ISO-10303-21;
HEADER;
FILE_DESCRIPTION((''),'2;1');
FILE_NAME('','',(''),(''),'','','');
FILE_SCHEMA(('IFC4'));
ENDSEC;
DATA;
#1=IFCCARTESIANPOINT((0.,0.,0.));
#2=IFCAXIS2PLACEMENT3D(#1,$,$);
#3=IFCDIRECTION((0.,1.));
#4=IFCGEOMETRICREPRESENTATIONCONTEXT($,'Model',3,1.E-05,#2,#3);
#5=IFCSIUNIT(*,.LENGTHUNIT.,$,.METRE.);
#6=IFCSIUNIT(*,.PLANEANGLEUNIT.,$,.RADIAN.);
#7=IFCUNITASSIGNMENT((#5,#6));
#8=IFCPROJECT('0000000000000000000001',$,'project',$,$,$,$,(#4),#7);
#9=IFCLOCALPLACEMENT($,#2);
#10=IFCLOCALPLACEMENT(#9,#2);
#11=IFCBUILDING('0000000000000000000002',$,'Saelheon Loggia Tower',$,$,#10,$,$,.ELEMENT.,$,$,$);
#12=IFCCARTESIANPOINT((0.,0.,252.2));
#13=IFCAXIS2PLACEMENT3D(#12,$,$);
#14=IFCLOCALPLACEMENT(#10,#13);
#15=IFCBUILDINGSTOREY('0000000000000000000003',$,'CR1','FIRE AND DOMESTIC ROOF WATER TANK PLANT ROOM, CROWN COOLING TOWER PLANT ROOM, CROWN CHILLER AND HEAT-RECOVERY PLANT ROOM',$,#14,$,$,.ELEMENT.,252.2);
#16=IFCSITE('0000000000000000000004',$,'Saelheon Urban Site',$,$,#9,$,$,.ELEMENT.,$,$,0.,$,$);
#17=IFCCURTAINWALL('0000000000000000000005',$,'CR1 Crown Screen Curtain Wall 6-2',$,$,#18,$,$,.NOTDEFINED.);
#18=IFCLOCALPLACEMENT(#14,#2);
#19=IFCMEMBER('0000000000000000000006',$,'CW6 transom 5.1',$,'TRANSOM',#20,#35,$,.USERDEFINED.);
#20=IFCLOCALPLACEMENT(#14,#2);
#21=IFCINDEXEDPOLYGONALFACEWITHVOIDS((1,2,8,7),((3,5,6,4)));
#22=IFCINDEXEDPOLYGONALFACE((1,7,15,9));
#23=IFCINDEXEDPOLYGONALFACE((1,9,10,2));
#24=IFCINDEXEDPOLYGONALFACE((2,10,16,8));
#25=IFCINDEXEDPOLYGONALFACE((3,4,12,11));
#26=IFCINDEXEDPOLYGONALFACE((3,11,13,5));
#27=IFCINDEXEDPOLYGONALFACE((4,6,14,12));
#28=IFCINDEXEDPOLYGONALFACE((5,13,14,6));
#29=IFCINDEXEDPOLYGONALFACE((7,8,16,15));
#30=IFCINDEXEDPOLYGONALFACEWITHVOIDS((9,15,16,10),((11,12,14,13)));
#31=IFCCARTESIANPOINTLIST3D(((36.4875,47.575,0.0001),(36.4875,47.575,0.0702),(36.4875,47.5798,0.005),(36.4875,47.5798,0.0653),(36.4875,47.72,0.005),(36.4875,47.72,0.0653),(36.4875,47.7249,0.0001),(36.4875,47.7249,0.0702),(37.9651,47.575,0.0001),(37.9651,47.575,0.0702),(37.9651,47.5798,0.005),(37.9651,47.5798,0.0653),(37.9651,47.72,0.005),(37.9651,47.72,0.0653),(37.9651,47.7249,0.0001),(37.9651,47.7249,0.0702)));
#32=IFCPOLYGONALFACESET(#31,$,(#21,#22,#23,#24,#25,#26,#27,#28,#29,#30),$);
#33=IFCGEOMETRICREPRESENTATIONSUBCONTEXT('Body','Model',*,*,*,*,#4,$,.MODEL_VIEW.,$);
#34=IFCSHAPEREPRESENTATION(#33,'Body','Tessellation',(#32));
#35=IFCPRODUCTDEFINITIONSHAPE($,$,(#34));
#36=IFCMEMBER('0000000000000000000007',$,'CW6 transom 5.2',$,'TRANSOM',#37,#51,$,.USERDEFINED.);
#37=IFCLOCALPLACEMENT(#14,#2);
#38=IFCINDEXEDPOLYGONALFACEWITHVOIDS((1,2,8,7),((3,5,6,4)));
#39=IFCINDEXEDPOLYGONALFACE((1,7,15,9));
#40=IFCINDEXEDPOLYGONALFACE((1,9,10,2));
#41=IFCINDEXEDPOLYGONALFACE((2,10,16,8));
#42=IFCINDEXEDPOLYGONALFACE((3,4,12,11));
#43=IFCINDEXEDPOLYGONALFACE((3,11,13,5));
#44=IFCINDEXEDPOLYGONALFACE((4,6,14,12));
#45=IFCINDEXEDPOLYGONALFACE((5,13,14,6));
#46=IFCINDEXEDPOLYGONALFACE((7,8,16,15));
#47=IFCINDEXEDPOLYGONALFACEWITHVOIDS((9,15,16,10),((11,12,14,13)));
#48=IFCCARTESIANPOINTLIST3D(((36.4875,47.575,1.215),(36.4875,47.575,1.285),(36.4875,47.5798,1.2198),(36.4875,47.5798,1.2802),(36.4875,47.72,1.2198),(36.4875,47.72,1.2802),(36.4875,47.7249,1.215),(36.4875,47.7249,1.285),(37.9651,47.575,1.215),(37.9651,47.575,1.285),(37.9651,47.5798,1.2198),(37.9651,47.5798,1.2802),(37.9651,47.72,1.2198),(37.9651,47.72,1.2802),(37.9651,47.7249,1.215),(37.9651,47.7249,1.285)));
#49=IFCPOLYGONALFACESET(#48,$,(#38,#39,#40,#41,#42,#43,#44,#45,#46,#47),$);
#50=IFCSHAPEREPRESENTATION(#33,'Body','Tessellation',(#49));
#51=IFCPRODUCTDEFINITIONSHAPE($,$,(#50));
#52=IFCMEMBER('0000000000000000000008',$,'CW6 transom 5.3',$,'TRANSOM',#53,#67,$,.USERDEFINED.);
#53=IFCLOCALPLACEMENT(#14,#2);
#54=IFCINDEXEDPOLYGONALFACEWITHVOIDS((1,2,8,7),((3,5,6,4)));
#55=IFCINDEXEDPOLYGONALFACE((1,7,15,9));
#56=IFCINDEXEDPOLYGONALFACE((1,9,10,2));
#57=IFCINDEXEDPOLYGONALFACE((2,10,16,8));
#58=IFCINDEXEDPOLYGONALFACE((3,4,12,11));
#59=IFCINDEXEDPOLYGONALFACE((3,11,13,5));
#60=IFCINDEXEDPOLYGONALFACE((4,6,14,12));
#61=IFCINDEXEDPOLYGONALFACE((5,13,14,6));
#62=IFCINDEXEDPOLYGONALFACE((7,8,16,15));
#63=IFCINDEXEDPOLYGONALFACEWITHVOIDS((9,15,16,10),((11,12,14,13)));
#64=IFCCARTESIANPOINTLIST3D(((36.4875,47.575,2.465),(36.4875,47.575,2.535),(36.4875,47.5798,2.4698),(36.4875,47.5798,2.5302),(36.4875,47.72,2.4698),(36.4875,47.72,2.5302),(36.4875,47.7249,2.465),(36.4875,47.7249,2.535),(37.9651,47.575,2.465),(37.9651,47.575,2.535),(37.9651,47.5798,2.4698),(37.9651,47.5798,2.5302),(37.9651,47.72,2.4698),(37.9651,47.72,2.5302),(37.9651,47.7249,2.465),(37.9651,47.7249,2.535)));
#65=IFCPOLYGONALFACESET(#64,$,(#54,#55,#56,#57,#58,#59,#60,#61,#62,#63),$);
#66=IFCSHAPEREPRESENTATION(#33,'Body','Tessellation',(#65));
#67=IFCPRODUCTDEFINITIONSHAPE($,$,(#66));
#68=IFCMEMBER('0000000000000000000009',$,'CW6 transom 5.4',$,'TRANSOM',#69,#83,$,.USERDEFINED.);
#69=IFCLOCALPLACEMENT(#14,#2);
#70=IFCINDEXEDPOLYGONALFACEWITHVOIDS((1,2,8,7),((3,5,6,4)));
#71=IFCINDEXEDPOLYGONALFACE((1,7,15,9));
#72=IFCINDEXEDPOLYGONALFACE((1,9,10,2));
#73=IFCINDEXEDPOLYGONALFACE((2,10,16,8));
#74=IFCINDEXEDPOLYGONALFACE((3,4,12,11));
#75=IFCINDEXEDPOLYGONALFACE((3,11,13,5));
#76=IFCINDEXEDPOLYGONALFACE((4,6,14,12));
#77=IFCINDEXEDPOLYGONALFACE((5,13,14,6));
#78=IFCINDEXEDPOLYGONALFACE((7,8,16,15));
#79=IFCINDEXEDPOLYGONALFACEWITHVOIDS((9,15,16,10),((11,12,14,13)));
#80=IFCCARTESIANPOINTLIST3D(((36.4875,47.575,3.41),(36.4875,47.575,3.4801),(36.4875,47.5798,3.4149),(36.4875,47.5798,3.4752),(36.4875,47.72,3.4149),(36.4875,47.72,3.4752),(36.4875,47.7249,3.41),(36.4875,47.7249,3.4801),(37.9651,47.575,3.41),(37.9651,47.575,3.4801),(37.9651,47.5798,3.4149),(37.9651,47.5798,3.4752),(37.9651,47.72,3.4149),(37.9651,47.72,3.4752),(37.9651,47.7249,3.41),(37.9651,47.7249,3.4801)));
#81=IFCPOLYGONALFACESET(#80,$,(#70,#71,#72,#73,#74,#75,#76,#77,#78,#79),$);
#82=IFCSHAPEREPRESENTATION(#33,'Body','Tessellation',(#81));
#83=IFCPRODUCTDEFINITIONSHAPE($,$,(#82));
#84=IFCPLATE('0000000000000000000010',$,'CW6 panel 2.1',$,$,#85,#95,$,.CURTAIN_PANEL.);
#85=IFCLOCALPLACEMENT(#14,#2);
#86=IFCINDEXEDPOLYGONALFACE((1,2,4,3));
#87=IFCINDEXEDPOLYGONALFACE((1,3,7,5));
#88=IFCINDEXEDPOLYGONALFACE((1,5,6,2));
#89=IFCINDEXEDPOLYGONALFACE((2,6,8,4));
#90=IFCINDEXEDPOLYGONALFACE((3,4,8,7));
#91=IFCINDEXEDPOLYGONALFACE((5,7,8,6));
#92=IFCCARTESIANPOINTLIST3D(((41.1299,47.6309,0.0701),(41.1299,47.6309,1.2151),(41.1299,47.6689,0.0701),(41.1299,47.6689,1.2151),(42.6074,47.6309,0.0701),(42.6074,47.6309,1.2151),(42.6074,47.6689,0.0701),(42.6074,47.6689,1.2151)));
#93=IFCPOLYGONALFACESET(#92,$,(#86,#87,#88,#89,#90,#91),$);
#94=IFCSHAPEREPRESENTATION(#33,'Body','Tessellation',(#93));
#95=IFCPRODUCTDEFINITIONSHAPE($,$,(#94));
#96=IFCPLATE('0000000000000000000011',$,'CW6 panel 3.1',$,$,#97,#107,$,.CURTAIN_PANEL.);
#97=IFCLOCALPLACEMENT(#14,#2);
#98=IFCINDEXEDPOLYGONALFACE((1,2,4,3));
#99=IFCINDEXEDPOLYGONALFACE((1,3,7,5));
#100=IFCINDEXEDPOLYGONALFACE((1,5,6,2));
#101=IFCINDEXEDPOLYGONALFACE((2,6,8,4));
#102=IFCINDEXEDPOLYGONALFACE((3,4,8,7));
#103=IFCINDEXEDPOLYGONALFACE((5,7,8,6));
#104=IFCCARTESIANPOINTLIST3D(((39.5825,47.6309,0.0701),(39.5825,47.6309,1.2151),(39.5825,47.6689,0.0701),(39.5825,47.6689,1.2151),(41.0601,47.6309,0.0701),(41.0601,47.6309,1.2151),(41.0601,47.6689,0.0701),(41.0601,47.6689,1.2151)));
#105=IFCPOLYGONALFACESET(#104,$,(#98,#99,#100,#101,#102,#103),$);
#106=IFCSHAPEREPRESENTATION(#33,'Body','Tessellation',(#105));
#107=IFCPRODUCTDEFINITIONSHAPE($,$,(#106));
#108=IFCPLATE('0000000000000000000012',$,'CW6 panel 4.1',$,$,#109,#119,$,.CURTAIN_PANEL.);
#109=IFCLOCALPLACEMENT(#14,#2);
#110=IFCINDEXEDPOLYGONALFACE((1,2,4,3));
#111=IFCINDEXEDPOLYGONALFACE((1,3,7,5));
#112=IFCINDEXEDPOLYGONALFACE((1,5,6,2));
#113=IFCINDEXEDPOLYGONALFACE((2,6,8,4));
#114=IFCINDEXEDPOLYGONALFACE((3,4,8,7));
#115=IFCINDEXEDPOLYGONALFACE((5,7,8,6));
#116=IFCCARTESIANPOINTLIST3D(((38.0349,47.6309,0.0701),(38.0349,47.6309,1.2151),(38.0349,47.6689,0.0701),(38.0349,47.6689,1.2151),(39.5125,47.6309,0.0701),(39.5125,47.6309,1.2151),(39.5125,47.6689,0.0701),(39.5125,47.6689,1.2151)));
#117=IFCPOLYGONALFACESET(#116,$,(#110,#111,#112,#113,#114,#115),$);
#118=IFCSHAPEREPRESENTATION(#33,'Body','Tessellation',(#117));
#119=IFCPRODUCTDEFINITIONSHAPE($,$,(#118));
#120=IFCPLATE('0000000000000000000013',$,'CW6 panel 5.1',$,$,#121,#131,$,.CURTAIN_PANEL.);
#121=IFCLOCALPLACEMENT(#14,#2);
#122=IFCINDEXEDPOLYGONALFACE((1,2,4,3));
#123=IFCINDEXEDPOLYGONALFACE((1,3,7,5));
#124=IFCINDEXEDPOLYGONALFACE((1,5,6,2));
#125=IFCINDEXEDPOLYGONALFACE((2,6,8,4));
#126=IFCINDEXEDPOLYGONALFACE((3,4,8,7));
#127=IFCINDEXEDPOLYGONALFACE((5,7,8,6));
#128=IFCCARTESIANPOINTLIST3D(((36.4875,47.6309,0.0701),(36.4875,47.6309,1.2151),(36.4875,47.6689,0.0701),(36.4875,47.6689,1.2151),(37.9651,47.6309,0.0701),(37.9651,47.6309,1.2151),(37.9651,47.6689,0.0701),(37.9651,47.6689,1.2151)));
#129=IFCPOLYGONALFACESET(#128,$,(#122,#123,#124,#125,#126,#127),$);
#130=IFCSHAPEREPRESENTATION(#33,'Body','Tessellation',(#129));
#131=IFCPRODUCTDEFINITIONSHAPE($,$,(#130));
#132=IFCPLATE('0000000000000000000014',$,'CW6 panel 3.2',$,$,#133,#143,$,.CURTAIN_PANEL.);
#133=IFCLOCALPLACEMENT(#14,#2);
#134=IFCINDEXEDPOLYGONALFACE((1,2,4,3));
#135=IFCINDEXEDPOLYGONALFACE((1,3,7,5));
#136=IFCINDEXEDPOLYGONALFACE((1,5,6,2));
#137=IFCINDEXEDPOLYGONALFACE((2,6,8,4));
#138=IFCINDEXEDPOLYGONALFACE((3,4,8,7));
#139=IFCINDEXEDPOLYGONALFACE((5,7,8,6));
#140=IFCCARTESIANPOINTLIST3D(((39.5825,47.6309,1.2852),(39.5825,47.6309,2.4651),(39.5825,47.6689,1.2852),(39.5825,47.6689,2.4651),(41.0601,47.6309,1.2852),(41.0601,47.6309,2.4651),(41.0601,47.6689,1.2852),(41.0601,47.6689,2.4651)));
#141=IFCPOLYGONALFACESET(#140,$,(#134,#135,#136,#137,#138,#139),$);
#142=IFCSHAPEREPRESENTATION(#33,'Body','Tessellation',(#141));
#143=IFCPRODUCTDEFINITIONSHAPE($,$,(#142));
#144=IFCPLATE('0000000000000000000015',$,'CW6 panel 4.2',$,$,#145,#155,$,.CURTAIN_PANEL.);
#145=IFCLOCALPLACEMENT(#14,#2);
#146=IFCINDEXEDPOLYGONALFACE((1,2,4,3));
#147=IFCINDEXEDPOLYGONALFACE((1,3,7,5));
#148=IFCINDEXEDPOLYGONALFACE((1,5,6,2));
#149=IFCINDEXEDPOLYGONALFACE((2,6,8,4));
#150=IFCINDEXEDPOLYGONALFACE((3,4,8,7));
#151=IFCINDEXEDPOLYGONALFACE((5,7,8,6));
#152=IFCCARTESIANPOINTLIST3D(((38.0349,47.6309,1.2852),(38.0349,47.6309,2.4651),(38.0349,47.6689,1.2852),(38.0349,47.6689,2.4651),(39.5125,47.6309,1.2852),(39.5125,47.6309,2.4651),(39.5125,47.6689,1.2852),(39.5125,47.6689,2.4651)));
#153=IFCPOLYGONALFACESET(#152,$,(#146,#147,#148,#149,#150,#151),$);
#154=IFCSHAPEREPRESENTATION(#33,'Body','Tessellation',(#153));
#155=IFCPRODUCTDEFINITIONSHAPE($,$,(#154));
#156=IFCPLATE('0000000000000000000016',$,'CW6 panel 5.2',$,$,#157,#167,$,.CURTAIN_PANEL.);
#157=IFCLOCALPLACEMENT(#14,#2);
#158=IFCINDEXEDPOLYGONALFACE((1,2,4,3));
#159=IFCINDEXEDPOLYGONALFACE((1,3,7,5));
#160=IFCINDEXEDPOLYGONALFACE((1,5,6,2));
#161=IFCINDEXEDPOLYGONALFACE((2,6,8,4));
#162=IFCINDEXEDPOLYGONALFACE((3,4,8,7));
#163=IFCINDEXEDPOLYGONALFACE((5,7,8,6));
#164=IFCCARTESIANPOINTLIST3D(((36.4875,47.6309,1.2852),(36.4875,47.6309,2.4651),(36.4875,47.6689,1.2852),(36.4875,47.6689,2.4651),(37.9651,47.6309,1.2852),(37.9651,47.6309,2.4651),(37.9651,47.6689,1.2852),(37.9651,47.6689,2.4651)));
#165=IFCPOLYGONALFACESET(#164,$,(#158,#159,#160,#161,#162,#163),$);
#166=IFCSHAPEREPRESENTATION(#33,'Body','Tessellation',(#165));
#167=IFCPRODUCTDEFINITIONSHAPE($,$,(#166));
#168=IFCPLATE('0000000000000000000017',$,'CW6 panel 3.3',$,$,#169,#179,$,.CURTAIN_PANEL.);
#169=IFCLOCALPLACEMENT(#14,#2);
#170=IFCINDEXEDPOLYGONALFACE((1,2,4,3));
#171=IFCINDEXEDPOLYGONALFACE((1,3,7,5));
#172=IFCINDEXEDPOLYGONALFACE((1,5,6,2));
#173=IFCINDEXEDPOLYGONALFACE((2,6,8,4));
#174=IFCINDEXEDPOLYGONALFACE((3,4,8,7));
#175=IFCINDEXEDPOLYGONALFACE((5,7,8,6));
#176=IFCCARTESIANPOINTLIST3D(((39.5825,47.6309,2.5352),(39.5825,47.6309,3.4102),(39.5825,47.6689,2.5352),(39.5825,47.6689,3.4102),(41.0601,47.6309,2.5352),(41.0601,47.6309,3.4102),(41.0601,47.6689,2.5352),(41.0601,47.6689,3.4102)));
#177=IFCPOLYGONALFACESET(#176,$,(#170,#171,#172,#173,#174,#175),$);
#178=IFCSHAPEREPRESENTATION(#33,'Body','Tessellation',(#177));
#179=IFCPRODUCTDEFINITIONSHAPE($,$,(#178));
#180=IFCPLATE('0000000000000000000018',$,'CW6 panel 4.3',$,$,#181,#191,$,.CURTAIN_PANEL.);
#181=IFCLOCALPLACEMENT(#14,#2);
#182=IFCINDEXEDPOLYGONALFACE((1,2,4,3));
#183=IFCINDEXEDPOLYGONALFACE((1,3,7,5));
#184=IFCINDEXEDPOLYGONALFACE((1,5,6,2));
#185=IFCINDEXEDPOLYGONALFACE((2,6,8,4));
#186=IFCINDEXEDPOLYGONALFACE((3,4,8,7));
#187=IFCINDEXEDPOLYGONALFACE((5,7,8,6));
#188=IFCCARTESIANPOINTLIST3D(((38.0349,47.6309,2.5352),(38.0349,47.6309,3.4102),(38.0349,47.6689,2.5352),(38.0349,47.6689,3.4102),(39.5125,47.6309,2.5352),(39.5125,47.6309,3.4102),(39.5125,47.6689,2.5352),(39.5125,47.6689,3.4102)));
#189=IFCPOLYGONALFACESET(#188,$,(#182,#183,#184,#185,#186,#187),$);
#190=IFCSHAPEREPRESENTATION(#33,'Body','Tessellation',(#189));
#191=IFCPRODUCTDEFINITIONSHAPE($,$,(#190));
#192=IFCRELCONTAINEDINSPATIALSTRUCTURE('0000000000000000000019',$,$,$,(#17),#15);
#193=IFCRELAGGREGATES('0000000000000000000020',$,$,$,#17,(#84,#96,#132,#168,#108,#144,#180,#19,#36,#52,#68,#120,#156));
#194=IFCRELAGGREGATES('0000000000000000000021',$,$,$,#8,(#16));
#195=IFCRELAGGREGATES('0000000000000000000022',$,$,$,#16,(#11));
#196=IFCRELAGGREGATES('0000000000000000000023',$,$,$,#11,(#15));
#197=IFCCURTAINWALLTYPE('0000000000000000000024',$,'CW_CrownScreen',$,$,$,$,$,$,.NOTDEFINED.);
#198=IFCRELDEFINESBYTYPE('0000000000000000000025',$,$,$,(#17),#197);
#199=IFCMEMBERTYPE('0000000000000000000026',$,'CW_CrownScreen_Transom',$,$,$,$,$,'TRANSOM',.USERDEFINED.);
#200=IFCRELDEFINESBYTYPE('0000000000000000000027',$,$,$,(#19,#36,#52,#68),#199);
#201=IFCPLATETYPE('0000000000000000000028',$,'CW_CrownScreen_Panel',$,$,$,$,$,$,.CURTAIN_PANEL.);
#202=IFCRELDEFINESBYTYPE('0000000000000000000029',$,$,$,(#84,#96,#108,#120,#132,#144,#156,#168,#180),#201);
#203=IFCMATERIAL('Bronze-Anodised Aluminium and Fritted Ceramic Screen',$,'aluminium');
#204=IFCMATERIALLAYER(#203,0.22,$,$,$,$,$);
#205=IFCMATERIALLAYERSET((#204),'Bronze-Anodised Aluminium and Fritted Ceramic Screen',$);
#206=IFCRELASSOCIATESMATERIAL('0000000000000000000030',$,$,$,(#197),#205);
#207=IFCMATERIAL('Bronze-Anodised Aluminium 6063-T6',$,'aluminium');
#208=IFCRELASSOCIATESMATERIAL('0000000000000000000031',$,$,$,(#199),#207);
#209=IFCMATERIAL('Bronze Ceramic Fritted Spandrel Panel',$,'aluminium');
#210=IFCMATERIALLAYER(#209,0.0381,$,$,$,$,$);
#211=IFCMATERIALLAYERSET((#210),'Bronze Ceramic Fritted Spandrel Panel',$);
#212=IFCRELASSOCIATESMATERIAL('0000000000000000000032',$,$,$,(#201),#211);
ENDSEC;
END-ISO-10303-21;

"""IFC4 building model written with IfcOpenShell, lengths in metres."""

from ifc_helpers import new_model, si_unit, direction, frame, origin, origin_2d, place, context, subcontext, project, spatial, rectangle, hollow_rectangle, extrude, source, transform, mapped, material, layer, layer_set, material_profile, profile_set, type_object, element, aggregate, save


model = new_model("IFC4")

# Units and contexts
model_context = context("Model", 3, precision=1e-05, world=origin(), true_north=direction((0.0, 1.0)))
body_context = subcontext(model_context, "Body", "Model", "MODEL_VIEW")
ifc_project = project(units=[si_unit("LENGTHUNIT", "METRE"), si_unit("PLANEANGLEUNIT", "RADIAN")], contexts=[model_context])

# Site, building, storey
site_placement = place(None, origin())
site = spatial("IfcSite", under=ifc_project, at=site_placement, Name="Saelheon Urban Site", CompositionType="ELEMENT", RefElevation=0.0)
building_placement = place(site_placement, origin())
building = spatial("IfcBuilding", under=site, at=building_placement, Name="Saelheon Loggia Tower", CompositionType="ELEMENT")
storey_placement = place(building_placement, frame((0.0, 0.0, 252.2)))
storey = spatial("IfcBuildingStorey", under=building, at=storey_placement, Name="CR1", Description="FIRE AND DOMESTIC ROOF WATER TANK PLANT ROOM, CROWN COOLING TOWER PLANT ROOM, CROWN CHILLER AND HEAT-RECOVERY PLANT ROOM", CompositionType="ELEMENT", Elevation=252.2)

# Curtain wall, members, plates
ifc_material_1 = material(Name="Bronze-Anodised Aluminium and Fritted Ceramic Screen", Category="aluminium")
ifc_layer_1 = layer(ifc_material_1, 0.22)
ifc_layer_set_1 = layer_set([ifc_layer_1], Name="Bronze-Anodised Aluminium and Fritted Ceramic Screen")
curtain_wall_type = type_object("IfcCurtainWallType", Name="CW_CrownScreen", PredefinedType="NOTDEFINED", material=ifc_layer_set_1)
curtain_wall_placement = place(storey_placement, origin())
curtain_wall = element("IfcCurtainWall", 1, at=curtain_wall_placement, inside=storey, type_object=curtain_wall_type, Name="CR1 Crown Screen Curtain Wall 6-2", PredefinedType="NOTDEFINED")
ifc_material_2 = material(Name="Bronze-Anodised Aluminium 6063-T6", Category="aluminium")
ifc_material_profile_1 = material_profile(ifc_material_2, hollow_rectangle(XDim=0.0701, YDim=0.1499, WallThickness=0.0049, at=origin_2d()), Name="RHS-150x70x5")
ifc_profile_set_1 = profile_set([ifc_material_profile_1], Name="Bronze-Anodised Aluminium 6063-T6")
member_type_1 = type_object("IfcMemberType", Name="CW_CrownScreen_Transom", ElementType="TRANSOM", PredefinedType="USERDEFINED", material=ifc_profile_set_1)
shared_shape_1 = source(origin(), body_context, "Body", "SweptSolid", [
    extrude(hollow_rectangle(XDim=0.0701, YDim=0.1499, WallThickness=0.0049, at=origin_2d()), origin(), (0.0, 0.0, 1.0), 1.4775),
])
member_1_placement = place(storey_placement, frame((37.9651, 47.6499, 0.0352), z_axis=(-1.0, 0.0, 0.0), x_axis=(0.0, 0.0, 1.0)))
member_1 = element("IfcMember", 2, at=member_1_placement, type_object=member_type_1, Name="CW6 transom 5.1", ObjectType="TRANSOM", PredefinedType="USERDEFINED", context=body_context, shape_type="MappedRepresentation", body=[
    mapped(shared_shape_1, transform((0.0, 0.0, 0.0), scale=1.0)),
])
member_2_placement = place(storey_placement, frame((37.9651, 47.6499, 1.25), z_axis=(-1.0, 0.0, 0.0), x_axis=(0.0, 0.0, 1.0)))
member_2 = element("IfcMember", 3, at=member_2_placement, type_object=member_type_1, Name="CW6 transom 5.2", ObjectType="TRANSOM", PredefinedType="USERDEFINED", context=body_context, shape_type="MappedRepresentation", body=[
    mapped(shared_shape_1, transform((0.0, 0.0, 0.0), scale=1.0)),
])
member_3_placement = place(storey_placement, frame((37.9651, 47.6499, 2.5), z_axis=(-1.0, 0.0, 0.0), x_axis=(0.0, 0.0, 1.0)))
member_3 = element("IfcMember", 4, at=member_3_placement, type_object=member_type_1, Name="CW6 transom 5.3", ObjectType="TRANSOM", PredefinedType="USERDEFINED", context=body_context, shape_type="MappedRepresentation", body=[
    mapped(shared_shape_1, transform((0.0, 0.0, 0.0), scale=1.0)),
])
member_4_placement = place(storey_placement, frame((37.9651, 47.6499, 3.4451), z_axis=(-1.0, 0.0, 0.0), x_axis=(0.0, 0.0, 1.0)))
member_4 = element("IfcMember", 5, at=member_4_placement, type_object=member_type_1, Name="CW6 transom 5.4", ObjectType="TRANSOM", PredefinedType="USERDEFINED", context=body_context, shape_type="MappedRepresentation", body=[
    mapped(shared_shape_1, transform((0.0, 0.0, 0.0), scale=1.0)),
])
ifc_material_3 = material(Name="Bronze Ceramic Fritted Spandrel Panel", Category="aluminium")
ifc_layer_2 = layer(ifc_material_3, 0.0381)
ifc_layer_set_2 = layer_set([ifc_layer_2], Name="Bronze Ceramic Fritted Spandrel Panel")
plate_type = type_object("IfcPlateType", Name="CW_CrownScreen_Panel", PredefinedType="CURTAIN_PANEL", material=ifc_layer_set_2)
shared_shape_2 = source(origin(), body_context, "Body", "SweptSolid", [
    extrude(rectangle(XDim=1.4775, YDim=0.0381, at=origin_2d()), origin(), (0.0, 0.0, 1.0), 1.145),
])
plate_1_placement = place(storey_placement, frame((41.8687, 47.6499, 0.0701), z_axis=(0.0, 0.0, 1.0), x_axis=(-1.0, 0.0, 0.0)))
plate_1 = element("IfcPlate", 6, at=plate_1_placement, type_object=plate_type, Name="CW6 panel 2.1", PredefinedType="CURTAIN_PANEL", context=body_context, shape_type="MappedRepresentation", body=[
    mapped(shared_shape_2, transform((0.0, 0.0, 0.0), scale=1.0)),
])
plate_2_placement = place(storey_placement, frame((40.3213, 47.6499, 0.0701), z_axis=(0.0, 0.0, 1.0), x_axis=(-1.0, 0.0, 0.0)))
plate_2 = element("IfcPlate", 7, at=plate_2_placement, type_object=plate_type, Name="CW6 panel 3.1", PredefinedType="CURTAIN_PANEL", context=body_context, shape_type="MappedRepresentation", body=[
    mapped(shared_shape_2, transform((0.0, 0.0, 0.0), scale=1.0)),
])
plate_3_placement = place(storey_placement, frame((38.7737, 47.6499, 0.0701), z_axis=(0.0, 0.0, 1.0), x_axis=(-1.0, 0.0, 0.0)))
plate_3 = element("IfcPlate", 8, at=plate_3_placement, type_object=plate_type, Name="CW6 panel 4.1", PredefinedType="CURTAIN_PANEL", context=body_context, shape_type="MappedRepresentation", body=[
    mapped(shared_shape_2, transform((0.0, 0.0, 0.0), scale=1.0)),
])
plate_4_placement = place(storey_placement, frame((37.2263, 47.6499, 0.0701), z_axis=(0.0, 0.0, 1.0), x_axis=(-1.0, 0.0, 0.0)))
plate_4 = element("IfcPlate", 9, at=plate_4_placement, type_object=plate_type, Name="CW6 panel 5.1", PredefinedType="CURTAIN_PANEL", context=body_context, shape_type="MappedRepresentation", body=[
    mapped(shared_shape_2, transform((0.0, 0.0, 0.0), scale=1.0)),
])
shared_shape_3 = source(origin(), body_context, "Body", "SweptSolid", [
    extrude(rectangle(XDim=1.4775, YDim=0.0381, at=origin_2d()), origin(), (0.0, 0.0, 1.0), 1.1799),
])
plate_5_placement = place(storey_placement, frame((40.3213, 47.6499, 1.2852), z_axis=(0.0, 0.0, 1.0), x_axis=(-1.0, 0.0, 0.0)))
plate_5 = element("IfcPlate", 10, at=plate_5_placement, type_object=plate_type, Name="CW6 panel 3.2", PredefinedType="CURTAIN_PANEL", context=body_context, shape_type="MappedRepresentation", body=[
    mapped(shared_shape_3, transform((0.0, 0.0, 0.0), scale=1.0)),
])
plate_6_placement = place(storey_placement, frame((38.7737, 47.6499, 1.2852), z_axis=(0.0, 0.0, 1.0), x_axis=(-1.0, 0.0, 0.0)))
plate_6 = element("IfcPlate", 11, at=plate_6_placement, type_object=plate_type, Name="CW6 panel 4.2", PredefinedType="CURTAIN_PANEL", context=body_context, shape_type="MappedRepresentation", body=[
    mapped(shared_shape_3, transform((0.0, 0.0, 0.0), scale=1.0)),
])
plate_7_placement = place(storey_placement, frame((37.2263, 47.6499, 1.2852), z_axis=(0.0, 0.0, 1.0), x_axis=(-1.0, 0.0, 0.0)))
plate_7 = element("IfcPlate", 12, at=plate_7_placement, type_object=plate_type, Name="CW6 panel 5.2", PredefinedType="CURTAIN_PANEL", context=body_context, shape_type="MappedRepresentation", body=[
    mapped(shared_shape_3, transform((0.0, 0.0, 0.0), scale=1.0)),
])
shared_shape_4 = source(origin(), body_context, "Body", "SweptSolid", [
    extrude(rectangle(XDim=1.4775, YDim=0.0381, at=origin_2d()), origin(), (0.0, 0.0, 1.0), 0.875),
])
plate_8_placement = place(storey_placement, frame((40.3213, 47.6499, 2.5352), z_axis=(0.0, 0.0, 1.0), x_axis=(-1.0, 0.0, 0.0)))
plate_8 = element("IfcPlate", 13, at=plate_8_placement, type_object=plate_type, Name="CW6 panel 3.3", PredefinedType="CURTAIN_PANEL", context=body_context, shape_type="MappedRepresentation", body=[
    mapped(shared_shape_4, transform((0.0, 0.0, 0.0), scale=1.0)),
])
plate_9_placement = place(storey_placement, frame((38.7737, 47.6499, 2.5352), z_axis=(0.0, 0.0, 1.0), x_axis=(-1.0, 0.0, 0.0)))
plate_9 = element("IfcPlate", 14, at=plate_9_placement, type_object=plate_type, Name="CW6 panel 4.3", PredefinedType="CURTAIN_PANEL", context=body_context, shape_type="MappedRepresentation", body=[
    mapped(shared_shape_4, transform((0.0, 0.0, 0.0), scale=1.0)),
])
aggregate(curtain_wall, [plate_1, plate_2, plate_5, plate_8, plate_3, plate_6, plate_9, member_1, member_2, member_3, member_4, plate_4, plate_7])

save(model, "model.ifc")
